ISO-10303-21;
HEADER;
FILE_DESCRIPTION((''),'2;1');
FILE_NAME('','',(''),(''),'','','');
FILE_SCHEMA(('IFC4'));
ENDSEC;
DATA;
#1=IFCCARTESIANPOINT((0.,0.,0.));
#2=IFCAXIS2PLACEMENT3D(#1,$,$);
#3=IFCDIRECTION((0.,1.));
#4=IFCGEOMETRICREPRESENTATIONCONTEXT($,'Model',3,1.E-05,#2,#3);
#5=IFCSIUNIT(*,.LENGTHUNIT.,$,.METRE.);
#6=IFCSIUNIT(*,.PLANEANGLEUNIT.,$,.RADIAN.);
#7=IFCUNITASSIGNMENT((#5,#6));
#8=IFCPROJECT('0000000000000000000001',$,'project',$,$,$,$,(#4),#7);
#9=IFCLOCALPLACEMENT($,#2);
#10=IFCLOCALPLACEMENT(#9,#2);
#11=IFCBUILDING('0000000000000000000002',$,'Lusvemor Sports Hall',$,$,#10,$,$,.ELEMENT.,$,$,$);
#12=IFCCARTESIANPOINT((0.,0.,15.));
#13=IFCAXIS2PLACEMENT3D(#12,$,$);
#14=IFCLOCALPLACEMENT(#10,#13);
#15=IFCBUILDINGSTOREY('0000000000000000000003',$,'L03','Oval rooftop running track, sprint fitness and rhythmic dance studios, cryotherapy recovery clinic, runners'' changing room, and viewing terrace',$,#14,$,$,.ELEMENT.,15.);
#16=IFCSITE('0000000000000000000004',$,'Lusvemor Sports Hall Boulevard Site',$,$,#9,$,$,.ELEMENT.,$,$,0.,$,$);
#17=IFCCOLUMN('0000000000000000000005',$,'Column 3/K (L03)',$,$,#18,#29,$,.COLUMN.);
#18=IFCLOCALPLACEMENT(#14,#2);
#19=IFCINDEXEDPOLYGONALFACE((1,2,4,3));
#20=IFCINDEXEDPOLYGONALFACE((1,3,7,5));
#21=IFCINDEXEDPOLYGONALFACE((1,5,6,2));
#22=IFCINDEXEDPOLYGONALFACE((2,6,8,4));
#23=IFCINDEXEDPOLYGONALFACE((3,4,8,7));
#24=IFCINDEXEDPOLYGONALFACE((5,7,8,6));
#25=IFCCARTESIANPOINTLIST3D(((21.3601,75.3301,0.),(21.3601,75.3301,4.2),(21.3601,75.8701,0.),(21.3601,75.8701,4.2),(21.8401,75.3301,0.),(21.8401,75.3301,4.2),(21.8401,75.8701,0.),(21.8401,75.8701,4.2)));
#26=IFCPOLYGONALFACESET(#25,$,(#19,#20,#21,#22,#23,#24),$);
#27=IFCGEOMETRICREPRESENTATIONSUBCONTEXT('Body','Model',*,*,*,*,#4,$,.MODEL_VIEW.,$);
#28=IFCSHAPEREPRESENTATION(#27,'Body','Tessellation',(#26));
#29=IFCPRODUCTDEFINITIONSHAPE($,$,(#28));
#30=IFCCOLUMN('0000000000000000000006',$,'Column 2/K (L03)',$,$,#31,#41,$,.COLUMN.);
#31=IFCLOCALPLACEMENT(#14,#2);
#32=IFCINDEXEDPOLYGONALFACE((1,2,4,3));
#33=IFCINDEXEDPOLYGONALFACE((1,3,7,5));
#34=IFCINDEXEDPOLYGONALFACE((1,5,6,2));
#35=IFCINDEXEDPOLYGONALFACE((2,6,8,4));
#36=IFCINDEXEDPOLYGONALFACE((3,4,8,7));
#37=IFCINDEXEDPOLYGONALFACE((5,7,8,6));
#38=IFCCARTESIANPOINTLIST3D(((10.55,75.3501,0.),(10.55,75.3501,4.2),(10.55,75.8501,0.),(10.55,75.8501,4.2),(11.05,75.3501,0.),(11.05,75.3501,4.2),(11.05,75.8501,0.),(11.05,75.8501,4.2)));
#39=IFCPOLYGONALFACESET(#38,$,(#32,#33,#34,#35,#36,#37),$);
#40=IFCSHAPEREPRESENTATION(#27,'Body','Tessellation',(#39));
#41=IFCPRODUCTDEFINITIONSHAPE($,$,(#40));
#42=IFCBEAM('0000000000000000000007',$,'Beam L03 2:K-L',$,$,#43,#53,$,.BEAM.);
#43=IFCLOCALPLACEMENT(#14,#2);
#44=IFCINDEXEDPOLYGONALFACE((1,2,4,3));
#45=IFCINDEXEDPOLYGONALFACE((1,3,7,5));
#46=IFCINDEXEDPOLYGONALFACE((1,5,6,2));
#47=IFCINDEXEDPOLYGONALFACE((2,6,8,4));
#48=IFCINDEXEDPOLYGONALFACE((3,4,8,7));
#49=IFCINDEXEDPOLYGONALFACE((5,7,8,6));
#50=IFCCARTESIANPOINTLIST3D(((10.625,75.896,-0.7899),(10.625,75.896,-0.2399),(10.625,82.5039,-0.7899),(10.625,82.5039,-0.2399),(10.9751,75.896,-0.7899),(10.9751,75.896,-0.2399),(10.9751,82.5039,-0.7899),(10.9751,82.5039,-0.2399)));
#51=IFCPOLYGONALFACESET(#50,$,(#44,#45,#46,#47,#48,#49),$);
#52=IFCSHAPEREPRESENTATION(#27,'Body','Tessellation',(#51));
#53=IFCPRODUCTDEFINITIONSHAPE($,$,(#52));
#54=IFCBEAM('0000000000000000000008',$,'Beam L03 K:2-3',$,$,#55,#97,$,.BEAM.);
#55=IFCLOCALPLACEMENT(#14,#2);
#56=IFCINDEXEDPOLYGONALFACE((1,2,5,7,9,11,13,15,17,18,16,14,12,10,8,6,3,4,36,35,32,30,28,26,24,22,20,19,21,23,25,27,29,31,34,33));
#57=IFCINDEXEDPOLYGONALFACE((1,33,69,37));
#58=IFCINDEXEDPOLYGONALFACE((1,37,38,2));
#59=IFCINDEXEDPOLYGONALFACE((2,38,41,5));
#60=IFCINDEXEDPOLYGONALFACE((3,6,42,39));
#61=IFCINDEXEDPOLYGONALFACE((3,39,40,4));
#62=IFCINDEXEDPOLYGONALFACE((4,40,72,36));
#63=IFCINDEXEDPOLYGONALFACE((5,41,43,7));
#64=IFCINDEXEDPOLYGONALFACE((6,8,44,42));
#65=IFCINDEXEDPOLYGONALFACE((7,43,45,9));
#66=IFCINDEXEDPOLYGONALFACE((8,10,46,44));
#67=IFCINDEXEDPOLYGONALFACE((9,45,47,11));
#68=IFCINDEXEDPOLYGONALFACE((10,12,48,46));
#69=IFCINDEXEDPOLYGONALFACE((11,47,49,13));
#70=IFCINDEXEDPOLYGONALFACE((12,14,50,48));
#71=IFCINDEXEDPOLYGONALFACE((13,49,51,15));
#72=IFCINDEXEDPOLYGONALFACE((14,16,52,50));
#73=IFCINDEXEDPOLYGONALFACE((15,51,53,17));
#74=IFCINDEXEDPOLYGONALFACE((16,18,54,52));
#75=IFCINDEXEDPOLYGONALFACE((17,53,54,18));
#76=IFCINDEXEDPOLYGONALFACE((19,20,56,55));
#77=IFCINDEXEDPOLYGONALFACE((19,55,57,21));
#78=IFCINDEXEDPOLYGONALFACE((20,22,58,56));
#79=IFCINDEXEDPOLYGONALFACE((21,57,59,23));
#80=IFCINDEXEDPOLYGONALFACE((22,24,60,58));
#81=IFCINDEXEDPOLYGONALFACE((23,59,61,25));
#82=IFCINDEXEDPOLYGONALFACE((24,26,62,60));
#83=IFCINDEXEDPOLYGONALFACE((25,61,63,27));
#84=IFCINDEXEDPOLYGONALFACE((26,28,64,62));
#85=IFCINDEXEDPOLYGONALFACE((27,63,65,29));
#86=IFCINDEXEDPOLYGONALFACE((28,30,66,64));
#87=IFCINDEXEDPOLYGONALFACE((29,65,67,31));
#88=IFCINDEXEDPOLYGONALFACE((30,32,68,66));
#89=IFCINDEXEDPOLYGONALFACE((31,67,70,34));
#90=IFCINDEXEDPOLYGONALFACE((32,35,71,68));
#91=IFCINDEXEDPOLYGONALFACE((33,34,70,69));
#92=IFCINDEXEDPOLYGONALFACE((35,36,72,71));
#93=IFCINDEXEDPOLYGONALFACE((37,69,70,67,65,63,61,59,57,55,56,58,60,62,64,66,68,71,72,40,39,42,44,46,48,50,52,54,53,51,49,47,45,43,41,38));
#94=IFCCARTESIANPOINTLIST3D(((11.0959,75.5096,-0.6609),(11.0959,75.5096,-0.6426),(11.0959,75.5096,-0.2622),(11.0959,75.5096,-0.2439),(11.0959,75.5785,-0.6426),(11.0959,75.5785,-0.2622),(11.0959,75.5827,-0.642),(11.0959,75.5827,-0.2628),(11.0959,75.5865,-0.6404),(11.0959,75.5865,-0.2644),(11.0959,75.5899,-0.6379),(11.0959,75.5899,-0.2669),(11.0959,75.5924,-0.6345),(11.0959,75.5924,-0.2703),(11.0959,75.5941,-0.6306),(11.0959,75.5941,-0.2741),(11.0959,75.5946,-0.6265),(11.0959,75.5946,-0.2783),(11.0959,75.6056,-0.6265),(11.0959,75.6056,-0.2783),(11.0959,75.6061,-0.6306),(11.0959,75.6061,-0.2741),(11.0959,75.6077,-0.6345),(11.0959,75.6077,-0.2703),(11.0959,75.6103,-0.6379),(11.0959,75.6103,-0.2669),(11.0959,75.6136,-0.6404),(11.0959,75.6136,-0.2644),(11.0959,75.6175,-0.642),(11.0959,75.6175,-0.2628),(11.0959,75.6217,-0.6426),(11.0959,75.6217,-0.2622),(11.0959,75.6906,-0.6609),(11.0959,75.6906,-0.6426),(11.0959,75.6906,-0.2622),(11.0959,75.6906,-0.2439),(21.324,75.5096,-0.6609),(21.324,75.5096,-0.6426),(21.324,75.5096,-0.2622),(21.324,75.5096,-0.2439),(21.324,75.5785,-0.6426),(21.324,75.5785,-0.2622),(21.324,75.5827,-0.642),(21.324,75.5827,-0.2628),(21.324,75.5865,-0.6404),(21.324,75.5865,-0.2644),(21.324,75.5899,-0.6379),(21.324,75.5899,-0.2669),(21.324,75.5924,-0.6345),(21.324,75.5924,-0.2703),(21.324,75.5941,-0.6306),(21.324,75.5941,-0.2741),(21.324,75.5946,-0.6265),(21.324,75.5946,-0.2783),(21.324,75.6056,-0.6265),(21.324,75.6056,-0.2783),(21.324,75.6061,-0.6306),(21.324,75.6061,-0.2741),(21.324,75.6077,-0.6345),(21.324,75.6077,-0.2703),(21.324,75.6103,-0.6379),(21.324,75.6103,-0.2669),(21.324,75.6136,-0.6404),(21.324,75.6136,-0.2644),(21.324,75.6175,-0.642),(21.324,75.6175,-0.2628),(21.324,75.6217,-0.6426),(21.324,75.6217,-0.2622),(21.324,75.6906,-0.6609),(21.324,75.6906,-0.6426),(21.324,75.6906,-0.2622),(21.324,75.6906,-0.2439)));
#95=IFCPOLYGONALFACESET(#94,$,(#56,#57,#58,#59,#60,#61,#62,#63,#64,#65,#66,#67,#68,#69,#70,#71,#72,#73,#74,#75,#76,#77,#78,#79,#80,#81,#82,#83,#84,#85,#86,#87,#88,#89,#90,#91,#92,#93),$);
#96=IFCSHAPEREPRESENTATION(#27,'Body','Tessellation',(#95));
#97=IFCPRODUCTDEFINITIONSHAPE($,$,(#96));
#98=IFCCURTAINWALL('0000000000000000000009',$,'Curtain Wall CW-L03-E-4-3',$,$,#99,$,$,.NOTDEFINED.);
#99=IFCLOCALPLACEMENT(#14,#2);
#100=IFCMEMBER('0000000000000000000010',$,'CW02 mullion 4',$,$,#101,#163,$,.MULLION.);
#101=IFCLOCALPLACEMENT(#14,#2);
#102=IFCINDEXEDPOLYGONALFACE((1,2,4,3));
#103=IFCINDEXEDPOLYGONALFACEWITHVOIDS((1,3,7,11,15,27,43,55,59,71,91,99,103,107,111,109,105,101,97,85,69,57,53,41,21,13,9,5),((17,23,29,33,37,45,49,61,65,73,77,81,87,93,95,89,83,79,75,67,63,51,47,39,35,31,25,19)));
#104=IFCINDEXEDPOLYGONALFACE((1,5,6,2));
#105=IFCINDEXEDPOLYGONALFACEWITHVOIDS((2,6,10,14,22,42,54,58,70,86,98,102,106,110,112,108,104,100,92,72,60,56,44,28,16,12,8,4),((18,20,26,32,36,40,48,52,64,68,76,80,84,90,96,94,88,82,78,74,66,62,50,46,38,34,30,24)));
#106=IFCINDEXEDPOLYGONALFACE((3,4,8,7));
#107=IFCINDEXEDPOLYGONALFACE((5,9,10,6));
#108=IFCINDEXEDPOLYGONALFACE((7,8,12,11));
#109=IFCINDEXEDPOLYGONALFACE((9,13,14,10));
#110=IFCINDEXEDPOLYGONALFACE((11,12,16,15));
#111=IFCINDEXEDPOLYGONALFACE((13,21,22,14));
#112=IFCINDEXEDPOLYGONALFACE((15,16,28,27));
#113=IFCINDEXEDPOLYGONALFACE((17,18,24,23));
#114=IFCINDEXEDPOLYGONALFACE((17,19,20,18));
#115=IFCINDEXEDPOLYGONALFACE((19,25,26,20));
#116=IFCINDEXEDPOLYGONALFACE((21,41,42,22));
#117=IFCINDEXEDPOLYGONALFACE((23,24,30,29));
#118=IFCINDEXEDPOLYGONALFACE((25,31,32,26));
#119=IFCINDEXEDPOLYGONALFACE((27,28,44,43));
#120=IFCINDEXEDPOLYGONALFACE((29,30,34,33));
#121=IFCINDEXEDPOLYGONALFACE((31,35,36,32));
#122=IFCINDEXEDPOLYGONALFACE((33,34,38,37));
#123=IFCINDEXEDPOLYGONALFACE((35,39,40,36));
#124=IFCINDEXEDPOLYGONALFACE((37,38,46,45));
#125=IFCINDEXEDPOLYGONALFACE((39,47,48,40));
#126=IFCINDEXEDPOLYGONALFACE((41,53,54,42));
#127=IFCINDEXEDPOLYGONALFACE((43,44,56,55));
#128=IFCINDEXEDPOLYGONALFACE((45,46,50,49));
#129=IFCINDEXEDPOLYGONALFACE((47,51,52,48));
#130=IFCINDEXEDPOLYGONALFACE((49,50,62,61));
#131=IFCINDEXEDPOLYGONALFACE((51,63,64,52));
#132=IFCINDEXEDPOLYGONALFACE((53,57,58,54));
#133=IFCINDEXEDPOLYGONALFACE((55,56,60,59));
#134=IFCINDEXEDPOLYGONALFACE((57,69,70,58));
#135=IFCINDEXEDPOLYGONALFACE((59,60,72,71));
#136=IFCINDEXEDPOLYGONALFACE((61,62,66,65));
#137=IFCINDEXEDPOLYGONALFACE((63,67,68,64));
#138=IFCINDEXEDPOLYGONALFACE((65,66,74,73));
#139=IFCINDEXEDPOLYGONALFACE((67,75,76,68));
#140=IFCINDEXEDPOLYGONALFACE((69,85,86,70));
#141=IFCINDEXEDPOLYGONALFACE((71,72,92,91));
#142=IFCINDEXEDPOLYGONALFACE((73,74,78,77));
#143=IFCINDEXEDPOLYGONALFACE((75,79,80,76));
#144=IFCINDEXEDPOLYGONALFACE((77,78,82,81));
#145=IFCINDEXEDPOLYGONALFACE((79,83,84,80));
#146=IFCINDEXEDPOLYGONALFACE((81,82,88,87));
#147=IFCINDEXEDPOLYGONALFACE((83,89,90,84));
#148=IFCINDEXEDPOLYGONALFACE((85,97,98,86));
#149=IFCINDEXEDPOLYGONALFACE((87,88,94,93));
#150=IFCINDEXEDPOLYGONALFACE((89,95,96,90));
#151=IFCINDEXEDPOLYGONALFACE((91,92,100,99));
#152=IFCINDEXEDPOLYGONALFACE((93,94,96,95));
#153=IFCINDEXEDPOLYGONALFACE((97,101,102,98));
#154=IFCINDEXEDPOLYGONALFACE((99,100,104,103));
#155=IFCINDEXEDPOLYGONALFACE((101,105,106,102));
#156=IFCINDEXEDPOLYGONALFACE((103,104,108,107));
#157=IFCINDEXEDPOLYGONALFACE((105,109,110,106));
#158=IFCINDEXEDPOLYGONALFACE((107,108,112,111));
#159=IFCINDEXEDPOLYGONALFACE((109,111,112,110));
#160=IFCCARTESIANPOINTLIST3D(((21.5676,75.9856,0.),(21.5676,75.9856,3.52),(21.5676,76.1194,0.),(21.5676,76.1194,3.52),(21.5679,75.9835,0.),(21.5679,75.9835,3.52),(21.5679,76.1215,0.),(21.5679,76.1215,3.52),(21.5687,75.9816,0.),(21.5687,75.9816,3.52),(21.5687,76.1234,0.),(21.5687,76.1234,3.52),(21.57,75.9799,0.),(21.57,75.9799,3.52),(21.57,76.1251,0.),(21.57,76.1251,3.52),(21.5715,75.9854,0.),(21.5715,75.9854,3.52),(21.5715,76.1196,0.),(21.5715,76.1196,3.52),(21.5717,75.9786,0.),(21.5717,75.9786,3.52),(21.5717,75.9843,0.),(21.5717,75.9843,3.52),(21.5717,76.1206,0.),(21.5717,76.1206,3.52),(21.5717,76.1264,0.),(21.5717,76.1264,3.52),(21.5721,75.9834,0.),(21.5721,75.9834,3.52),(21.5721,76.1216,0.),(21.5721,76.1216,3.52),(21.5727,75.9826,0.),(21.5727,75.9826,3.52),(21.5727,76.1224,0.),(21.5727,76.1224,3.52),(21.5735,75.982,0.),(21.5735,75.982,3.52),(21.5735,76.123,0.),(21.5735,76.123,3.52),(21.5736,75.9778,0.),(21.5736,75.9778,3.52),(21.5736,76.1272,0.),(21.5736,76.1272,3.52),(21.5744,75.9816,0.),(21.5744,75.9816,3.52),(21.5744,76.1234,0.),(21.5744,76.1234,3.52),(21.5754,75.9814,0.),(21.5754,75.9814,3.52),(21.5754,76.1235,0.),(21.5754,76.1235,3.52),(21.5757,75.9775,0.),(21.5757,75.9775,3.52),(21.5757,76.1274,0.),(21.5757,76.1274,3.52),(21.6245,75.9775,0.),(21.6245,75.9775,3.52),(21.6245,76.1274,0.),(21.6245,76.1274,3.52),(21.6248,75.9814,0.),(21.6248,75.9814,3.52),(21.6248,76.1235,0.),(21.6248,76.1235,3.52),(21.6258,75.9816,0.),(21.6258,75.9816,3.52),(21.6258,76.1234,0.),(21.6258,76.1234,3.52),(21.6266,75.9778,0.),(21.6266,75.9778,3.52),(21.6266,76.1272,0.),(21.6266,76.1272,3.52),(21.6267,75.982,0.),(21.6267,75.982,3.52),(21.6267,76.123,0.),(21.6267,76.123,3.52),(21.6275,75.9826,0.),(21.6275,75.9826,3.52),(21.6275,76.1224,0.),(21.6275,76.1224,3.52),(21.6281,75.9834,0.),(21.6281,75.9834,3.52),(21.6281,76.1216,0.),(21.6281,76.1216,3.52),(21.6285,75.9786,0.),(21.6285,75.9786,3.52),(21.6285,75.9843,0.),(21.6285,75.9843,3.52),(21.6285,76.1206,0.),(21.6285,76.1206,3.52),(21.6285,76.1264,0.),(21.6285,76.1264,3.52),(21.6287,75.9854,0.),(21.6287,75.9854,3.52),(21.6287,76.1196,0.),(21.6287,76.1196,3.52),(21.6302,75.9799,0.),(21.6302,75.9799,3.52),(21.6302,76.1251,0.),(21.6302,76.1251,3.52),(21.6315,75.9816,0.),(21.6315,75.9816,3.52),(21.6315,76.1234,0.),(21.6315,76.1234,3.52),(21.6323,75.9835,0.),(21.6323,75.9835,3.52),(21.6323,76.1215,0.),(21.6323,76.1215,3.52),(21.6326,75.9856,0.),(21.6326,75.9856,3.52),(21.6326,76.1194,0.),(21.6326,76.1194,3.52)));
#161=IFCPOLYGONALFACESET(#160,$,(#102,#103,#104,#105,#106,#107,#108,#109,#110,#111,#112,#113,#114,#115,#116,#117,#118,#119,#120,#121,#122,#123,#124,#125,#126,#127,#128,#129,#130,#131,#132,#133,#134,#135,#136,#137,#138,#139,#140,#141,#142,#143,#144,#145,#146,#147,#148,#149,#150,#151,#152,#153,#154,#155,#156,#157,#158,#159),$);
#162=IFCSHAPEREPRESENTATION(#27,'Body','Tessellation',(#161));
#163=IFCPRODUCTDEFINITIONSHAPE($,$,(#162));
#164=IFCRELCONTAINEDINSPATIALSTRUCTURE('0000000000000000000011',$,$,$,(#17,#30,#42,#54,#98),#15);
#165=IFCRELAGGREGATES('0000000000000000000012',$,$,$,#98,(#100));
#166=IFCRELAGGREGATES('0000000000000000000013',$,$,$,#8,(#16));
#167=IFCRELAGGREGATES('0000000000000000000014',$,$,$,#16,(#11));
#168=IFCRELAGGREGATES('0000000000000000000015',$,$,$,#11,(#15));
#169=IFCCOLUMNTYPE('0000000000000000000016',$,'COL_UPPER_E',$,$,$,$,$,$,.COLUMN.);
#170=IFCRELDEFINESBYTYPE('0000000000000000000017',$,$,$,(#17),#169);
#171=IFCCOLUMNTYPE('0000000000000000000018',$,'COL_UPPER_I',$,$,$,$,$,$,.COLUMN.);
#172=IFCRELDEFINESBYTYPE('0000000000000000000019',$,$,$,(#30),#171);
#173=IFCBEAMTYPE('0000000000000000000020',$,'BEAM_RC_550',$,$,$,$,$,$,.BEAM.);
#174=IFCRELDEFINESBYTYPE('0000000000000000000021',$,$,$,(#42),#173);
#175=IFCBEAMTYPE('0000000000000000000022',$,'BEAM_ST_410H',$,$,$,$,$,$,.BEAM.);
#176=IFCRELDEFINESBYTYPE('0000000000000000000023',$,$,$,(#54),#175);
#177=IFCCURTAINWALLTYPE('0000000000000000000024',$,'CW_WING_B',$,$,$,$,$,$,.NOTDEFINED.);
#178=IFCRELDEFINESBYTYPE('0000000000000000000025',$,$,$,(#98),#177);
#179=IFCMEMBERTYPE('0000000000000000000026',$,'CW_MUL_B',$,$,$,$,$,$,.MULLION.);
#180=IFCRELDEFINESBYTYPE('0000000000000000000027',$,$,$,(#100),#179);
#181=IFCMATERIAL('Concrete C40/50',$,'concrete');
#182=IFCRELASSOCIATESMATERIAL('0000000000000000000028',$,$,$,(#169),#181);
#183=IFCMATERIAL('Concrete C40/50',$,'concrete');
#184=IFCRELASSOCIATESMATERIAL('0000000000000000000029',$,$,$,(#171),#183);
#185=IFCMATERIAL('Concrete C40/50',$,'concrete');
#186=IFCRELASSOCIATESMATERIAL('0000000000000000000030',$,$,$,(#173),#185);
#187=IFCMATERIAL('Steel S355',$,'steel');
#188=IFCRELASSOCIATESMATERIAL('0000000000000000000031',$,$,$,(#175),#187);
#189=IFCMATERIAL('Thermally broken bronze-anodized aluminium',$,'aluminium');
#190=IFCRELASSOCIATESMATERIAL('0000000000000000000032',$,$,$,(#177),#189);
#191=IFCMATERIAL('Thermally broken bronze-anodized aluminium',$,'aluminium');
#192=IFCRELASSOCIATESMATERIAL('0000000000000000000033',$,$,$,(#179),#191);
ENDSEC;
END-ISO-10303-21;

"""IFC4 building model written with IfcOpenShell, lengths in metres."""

from ifc_helpers import new_model, si_unit, direction, frame, origin, origin_2d, place, context, subcontext, project, spatial, rectangle, hollow_rectangle, i_section, extrude, material, material_profile, profile_set, type_object, element, aggregate, save


model = new_model("IFC4")

# Units and contexts
model_context = context("Model", 3, precision=1e-05, world=origin(), true_north=direction((0.0, 1.0)))
body_context = subcontext(model_context, "Body", "Model", "MODEL_VIEW")
ifc_project = project(units=[si_unit("LENGTHUNIT", "METRE"), si_unit("PLANEANGLEUNIT", "RADIAN")], contexts=[model_context])

# Site, building, storey
site_placement = place(None, origin())
site = spatial("IfcSite", under=ifc_project, at=site_placement, Name="Lusvemor Sports Hall Boulevard Site", CompositionType="ELEMENT", RefElevation=0.0)
building_placement = place(site_placement, origin())
building = spatial("IfcBuilding", under=site, at=building_placement, Name="Lusvemor Sports Hall", CompositionType="ELEMENT")
storey_placement = place(building_placement, frame((0.0, 0.0, 15.0)))
storey = spatial("IfcBuildingStorey", under=building, at=storey_placement, Name="L03", Description="Oval rooftop running track, sprint fitness and rhythmic dance studios, cryotherapy recovery clinic, runners' changing room, and viewing terrace", CompositionType="ELEMENT", Elevation=15.0)

# Columns
ifc_material_1 = material(Name="Concrete C40/50", Category="concrete")
ifc_material_profile_1 = material_profile(ifc_material_1, rectangle(XDim=0.48, YDim=0.54, at=origin_2d()), Name="RC480x540")
ifc_profile_set_1 = profile_set([ifc_material_profile_1], Name="Concrete C40/50")
column_type_1 = type_object("IfcColumnType", Name="COL_UPPER_E", PredefinedType="COLUMN", material=ifc_profile_set_1)
column_1_placement = place(storey_placement, frame((21.6001, 75.6001, 0.0), z_axis=(0.0, 0.0, 1.0), x_axis=(1.0, 0.0, 0.0)))
element("IfcColumn", 1, at=column_1_placement, inside=storey, type_object=column_type_1, Name="Column 3/K (L03)", PredefinedType="COLUMN", context=body_context, shape_type="SweptSolid", body=[
    extrude(rectangle(XDim=0.48, YDim=0.54, at=origin_2d()), origin(), (0.0, 0.0, 1.0), 4.2),
])
ifc_material_2 = material(Name="Concrete C40/50", Category="concrete")
ifc_material_profile_2 = material_profile(ifc_material_2, rectangle(XDim=0.5, YDim=0.5, at=origin_2d()), Name="RC500x500")
ifc_profile_set_2 = profile_set([ifc_material_profile_2], Name="Concrete C40/50")
column_type_2 = type_object("IfcColumnType", Name="COL_UPPER_I", PredefinedType="COLUMN", material=ifc_profile_set_2)
column_2_placement = place(storey_placement, frame((10.8, 75.6001, 0.0), z_axis=(0.0, 0.0, 1.0), x_axis=(1.0, 0.0, 0.0)))
element("IfcColumn", 2, at=column_2_placement, inside=storey, type_object=column_type_2, Name="Column 2/K (L03)", PredefinedType="COLUMN", context=body_context, shape_type="SweptSolid", body=[
    extrude(rectangle(XDim=0.5, YDim=0.5, at=origin_2d()), origin(), (0.0, 0.0, 1.0), 4.2),
])

# Beams
ifc_material_3 = material(Name="Concrete C40/50", Category="concrete")
ifc_material_profile_3 = material_profile(ifc_material_3, rectangle(XDim=0.3501, YDim=0.55, at=origin_2d()), Name="RC350x550")
ifc_profile_set_3 = profile_set([ifc_material_profile_3], Name="Concrete C40/50")
beam_type_1 = type_object("IfcBeamType", Name="BEAM_RC_550", PredefinedType="BEAM", material=ifc_profile_set_3)
beam_1_placement = place(storey_placement, frame((10.8, 75.896, -0.5149), z_axis=(0.0, 1.0, 0.0), x_axis=(-1.0, 0.0, 0.0)))
element("IfcBeam", 3, at=beam_1_placement, inside=storey, type_object=beam_type_1, Name="Beam L03 2:K-L", PredefinedType="BEAM", context=body_context, shape_type="SweptSolid", body=[
    extrude(rectangle(XDim=0.3501, YDim=0.55, at=origin_2d()), origin(), (0.0, 0.0, 1.0), 6.6079),
])
ifc_material_4 = material(Name="Steel S355", Category="steel")
ifc_material_profile_4 = material_profile(ifc_material_4, i_section(OverallWidth=0.1809, OverallDepth=0.417, WebThickness=0.011, FlangeThickness=0.0183, FilletRadius=0.0161, at=origin_2d()), Name="W410x85.0")
ifc_profile_set_4 = profile_set([ifc_material_profile_4], Name="Steel S355")
beam_type_2 = type_object("IfcBeamType", Name="BEAM_ST_410H", PredefinedType="BEAM", material=ifc_profile_set_4)
beam_2_placement = place(storey_placement, frame((11.0959, 75.6001, -0.4524), z_axis=(1.0, 0.0, 0.0), x_axis=(0.0, 1.0, 0.0)))
element("IfcBeam", 4, at=beam_2_placement, inside=storey, type_object=beam_type_2, Name="Beam L03 K:2-3", PredefinedType="BEAM", context=body_context, shape_type="SweptSolid", body=[
    extrude(i_section(OverallWidth=0.1809, OverallDepth=0.417, WebThickness=0.011, FlangeThickness=0.0183, FilletRadius=0.0161, at=origin_2d()), origin(), (0.0, 0.0, 1.0), 10.228),
])

# Curtain wall, member
ifc_material_5 = material(Name="Thermally broken bronze-anodized aluminium", Category="aluminium")
curtain_wall_type = type_object("IfcCurtainWallType", Name="CW_WING_B", PredefinedType="NOTDEFINED", material=ifc_material_5)
curtain_wall_placement = place(storey_placement, origin())
curtain_wall = element("IfcCurtainWall", 5, at=curtain_wall_placement, inside=storey, type_object=curtain_wall_type, Name="Curtain Wall CW-L03-E-4-3", PredefinedType="NOTDEFINED")
ifc_material_6 = material(Name="Thermally broken bronze-anodized aluminium", Category="aluminium")
ifc_material_profile_5 = material_profile(ifc_material_6, hollow_rectangle(XDim=0.0649, YDim=0.1499, WallThickness=0.0039, InnerFilletRadius=0.0039, OuterFilletRadius=0.0081, at=origin_2d()), Name="CWMUL150x65x4")
ifc_profile_set_5 = profile_set([ifc_material_profile_5], Name="Thermally broken bronze-anodized aluminium")
member_type_1 = type_object("IfcMemberType", Name="CW_MUL_B", PredefinedType="MULLION", material=ifc_profile_set_5)
member_1_placement = place(storey_placement, frame((21.6001, 76.0525, 0.0), z_axis=(0.0, 0.0, 1.0), x_axis=(1.0, 0.0, 0.0)))
member_1 = element("IfcMember", 6, at=member_1_placement, type_object=member_type_1, Name="CW02 mullion 4", PredefinedType="MULLION", context=body_context, shape_type="SweptSolid", body=[
    extrude(hollow_rectangle(XDim=0.0649, YDim=0.1499, WallThickness=0.0039, InnerFilletRadius=0.0039, OuterFilletRadius=0.0081, at=origin_2d()), origin(), (0.0, 0.0, 1.0), 3.52),
])

aggregate(curtain_wall, [member_1])

save(model, "model.ifc")
